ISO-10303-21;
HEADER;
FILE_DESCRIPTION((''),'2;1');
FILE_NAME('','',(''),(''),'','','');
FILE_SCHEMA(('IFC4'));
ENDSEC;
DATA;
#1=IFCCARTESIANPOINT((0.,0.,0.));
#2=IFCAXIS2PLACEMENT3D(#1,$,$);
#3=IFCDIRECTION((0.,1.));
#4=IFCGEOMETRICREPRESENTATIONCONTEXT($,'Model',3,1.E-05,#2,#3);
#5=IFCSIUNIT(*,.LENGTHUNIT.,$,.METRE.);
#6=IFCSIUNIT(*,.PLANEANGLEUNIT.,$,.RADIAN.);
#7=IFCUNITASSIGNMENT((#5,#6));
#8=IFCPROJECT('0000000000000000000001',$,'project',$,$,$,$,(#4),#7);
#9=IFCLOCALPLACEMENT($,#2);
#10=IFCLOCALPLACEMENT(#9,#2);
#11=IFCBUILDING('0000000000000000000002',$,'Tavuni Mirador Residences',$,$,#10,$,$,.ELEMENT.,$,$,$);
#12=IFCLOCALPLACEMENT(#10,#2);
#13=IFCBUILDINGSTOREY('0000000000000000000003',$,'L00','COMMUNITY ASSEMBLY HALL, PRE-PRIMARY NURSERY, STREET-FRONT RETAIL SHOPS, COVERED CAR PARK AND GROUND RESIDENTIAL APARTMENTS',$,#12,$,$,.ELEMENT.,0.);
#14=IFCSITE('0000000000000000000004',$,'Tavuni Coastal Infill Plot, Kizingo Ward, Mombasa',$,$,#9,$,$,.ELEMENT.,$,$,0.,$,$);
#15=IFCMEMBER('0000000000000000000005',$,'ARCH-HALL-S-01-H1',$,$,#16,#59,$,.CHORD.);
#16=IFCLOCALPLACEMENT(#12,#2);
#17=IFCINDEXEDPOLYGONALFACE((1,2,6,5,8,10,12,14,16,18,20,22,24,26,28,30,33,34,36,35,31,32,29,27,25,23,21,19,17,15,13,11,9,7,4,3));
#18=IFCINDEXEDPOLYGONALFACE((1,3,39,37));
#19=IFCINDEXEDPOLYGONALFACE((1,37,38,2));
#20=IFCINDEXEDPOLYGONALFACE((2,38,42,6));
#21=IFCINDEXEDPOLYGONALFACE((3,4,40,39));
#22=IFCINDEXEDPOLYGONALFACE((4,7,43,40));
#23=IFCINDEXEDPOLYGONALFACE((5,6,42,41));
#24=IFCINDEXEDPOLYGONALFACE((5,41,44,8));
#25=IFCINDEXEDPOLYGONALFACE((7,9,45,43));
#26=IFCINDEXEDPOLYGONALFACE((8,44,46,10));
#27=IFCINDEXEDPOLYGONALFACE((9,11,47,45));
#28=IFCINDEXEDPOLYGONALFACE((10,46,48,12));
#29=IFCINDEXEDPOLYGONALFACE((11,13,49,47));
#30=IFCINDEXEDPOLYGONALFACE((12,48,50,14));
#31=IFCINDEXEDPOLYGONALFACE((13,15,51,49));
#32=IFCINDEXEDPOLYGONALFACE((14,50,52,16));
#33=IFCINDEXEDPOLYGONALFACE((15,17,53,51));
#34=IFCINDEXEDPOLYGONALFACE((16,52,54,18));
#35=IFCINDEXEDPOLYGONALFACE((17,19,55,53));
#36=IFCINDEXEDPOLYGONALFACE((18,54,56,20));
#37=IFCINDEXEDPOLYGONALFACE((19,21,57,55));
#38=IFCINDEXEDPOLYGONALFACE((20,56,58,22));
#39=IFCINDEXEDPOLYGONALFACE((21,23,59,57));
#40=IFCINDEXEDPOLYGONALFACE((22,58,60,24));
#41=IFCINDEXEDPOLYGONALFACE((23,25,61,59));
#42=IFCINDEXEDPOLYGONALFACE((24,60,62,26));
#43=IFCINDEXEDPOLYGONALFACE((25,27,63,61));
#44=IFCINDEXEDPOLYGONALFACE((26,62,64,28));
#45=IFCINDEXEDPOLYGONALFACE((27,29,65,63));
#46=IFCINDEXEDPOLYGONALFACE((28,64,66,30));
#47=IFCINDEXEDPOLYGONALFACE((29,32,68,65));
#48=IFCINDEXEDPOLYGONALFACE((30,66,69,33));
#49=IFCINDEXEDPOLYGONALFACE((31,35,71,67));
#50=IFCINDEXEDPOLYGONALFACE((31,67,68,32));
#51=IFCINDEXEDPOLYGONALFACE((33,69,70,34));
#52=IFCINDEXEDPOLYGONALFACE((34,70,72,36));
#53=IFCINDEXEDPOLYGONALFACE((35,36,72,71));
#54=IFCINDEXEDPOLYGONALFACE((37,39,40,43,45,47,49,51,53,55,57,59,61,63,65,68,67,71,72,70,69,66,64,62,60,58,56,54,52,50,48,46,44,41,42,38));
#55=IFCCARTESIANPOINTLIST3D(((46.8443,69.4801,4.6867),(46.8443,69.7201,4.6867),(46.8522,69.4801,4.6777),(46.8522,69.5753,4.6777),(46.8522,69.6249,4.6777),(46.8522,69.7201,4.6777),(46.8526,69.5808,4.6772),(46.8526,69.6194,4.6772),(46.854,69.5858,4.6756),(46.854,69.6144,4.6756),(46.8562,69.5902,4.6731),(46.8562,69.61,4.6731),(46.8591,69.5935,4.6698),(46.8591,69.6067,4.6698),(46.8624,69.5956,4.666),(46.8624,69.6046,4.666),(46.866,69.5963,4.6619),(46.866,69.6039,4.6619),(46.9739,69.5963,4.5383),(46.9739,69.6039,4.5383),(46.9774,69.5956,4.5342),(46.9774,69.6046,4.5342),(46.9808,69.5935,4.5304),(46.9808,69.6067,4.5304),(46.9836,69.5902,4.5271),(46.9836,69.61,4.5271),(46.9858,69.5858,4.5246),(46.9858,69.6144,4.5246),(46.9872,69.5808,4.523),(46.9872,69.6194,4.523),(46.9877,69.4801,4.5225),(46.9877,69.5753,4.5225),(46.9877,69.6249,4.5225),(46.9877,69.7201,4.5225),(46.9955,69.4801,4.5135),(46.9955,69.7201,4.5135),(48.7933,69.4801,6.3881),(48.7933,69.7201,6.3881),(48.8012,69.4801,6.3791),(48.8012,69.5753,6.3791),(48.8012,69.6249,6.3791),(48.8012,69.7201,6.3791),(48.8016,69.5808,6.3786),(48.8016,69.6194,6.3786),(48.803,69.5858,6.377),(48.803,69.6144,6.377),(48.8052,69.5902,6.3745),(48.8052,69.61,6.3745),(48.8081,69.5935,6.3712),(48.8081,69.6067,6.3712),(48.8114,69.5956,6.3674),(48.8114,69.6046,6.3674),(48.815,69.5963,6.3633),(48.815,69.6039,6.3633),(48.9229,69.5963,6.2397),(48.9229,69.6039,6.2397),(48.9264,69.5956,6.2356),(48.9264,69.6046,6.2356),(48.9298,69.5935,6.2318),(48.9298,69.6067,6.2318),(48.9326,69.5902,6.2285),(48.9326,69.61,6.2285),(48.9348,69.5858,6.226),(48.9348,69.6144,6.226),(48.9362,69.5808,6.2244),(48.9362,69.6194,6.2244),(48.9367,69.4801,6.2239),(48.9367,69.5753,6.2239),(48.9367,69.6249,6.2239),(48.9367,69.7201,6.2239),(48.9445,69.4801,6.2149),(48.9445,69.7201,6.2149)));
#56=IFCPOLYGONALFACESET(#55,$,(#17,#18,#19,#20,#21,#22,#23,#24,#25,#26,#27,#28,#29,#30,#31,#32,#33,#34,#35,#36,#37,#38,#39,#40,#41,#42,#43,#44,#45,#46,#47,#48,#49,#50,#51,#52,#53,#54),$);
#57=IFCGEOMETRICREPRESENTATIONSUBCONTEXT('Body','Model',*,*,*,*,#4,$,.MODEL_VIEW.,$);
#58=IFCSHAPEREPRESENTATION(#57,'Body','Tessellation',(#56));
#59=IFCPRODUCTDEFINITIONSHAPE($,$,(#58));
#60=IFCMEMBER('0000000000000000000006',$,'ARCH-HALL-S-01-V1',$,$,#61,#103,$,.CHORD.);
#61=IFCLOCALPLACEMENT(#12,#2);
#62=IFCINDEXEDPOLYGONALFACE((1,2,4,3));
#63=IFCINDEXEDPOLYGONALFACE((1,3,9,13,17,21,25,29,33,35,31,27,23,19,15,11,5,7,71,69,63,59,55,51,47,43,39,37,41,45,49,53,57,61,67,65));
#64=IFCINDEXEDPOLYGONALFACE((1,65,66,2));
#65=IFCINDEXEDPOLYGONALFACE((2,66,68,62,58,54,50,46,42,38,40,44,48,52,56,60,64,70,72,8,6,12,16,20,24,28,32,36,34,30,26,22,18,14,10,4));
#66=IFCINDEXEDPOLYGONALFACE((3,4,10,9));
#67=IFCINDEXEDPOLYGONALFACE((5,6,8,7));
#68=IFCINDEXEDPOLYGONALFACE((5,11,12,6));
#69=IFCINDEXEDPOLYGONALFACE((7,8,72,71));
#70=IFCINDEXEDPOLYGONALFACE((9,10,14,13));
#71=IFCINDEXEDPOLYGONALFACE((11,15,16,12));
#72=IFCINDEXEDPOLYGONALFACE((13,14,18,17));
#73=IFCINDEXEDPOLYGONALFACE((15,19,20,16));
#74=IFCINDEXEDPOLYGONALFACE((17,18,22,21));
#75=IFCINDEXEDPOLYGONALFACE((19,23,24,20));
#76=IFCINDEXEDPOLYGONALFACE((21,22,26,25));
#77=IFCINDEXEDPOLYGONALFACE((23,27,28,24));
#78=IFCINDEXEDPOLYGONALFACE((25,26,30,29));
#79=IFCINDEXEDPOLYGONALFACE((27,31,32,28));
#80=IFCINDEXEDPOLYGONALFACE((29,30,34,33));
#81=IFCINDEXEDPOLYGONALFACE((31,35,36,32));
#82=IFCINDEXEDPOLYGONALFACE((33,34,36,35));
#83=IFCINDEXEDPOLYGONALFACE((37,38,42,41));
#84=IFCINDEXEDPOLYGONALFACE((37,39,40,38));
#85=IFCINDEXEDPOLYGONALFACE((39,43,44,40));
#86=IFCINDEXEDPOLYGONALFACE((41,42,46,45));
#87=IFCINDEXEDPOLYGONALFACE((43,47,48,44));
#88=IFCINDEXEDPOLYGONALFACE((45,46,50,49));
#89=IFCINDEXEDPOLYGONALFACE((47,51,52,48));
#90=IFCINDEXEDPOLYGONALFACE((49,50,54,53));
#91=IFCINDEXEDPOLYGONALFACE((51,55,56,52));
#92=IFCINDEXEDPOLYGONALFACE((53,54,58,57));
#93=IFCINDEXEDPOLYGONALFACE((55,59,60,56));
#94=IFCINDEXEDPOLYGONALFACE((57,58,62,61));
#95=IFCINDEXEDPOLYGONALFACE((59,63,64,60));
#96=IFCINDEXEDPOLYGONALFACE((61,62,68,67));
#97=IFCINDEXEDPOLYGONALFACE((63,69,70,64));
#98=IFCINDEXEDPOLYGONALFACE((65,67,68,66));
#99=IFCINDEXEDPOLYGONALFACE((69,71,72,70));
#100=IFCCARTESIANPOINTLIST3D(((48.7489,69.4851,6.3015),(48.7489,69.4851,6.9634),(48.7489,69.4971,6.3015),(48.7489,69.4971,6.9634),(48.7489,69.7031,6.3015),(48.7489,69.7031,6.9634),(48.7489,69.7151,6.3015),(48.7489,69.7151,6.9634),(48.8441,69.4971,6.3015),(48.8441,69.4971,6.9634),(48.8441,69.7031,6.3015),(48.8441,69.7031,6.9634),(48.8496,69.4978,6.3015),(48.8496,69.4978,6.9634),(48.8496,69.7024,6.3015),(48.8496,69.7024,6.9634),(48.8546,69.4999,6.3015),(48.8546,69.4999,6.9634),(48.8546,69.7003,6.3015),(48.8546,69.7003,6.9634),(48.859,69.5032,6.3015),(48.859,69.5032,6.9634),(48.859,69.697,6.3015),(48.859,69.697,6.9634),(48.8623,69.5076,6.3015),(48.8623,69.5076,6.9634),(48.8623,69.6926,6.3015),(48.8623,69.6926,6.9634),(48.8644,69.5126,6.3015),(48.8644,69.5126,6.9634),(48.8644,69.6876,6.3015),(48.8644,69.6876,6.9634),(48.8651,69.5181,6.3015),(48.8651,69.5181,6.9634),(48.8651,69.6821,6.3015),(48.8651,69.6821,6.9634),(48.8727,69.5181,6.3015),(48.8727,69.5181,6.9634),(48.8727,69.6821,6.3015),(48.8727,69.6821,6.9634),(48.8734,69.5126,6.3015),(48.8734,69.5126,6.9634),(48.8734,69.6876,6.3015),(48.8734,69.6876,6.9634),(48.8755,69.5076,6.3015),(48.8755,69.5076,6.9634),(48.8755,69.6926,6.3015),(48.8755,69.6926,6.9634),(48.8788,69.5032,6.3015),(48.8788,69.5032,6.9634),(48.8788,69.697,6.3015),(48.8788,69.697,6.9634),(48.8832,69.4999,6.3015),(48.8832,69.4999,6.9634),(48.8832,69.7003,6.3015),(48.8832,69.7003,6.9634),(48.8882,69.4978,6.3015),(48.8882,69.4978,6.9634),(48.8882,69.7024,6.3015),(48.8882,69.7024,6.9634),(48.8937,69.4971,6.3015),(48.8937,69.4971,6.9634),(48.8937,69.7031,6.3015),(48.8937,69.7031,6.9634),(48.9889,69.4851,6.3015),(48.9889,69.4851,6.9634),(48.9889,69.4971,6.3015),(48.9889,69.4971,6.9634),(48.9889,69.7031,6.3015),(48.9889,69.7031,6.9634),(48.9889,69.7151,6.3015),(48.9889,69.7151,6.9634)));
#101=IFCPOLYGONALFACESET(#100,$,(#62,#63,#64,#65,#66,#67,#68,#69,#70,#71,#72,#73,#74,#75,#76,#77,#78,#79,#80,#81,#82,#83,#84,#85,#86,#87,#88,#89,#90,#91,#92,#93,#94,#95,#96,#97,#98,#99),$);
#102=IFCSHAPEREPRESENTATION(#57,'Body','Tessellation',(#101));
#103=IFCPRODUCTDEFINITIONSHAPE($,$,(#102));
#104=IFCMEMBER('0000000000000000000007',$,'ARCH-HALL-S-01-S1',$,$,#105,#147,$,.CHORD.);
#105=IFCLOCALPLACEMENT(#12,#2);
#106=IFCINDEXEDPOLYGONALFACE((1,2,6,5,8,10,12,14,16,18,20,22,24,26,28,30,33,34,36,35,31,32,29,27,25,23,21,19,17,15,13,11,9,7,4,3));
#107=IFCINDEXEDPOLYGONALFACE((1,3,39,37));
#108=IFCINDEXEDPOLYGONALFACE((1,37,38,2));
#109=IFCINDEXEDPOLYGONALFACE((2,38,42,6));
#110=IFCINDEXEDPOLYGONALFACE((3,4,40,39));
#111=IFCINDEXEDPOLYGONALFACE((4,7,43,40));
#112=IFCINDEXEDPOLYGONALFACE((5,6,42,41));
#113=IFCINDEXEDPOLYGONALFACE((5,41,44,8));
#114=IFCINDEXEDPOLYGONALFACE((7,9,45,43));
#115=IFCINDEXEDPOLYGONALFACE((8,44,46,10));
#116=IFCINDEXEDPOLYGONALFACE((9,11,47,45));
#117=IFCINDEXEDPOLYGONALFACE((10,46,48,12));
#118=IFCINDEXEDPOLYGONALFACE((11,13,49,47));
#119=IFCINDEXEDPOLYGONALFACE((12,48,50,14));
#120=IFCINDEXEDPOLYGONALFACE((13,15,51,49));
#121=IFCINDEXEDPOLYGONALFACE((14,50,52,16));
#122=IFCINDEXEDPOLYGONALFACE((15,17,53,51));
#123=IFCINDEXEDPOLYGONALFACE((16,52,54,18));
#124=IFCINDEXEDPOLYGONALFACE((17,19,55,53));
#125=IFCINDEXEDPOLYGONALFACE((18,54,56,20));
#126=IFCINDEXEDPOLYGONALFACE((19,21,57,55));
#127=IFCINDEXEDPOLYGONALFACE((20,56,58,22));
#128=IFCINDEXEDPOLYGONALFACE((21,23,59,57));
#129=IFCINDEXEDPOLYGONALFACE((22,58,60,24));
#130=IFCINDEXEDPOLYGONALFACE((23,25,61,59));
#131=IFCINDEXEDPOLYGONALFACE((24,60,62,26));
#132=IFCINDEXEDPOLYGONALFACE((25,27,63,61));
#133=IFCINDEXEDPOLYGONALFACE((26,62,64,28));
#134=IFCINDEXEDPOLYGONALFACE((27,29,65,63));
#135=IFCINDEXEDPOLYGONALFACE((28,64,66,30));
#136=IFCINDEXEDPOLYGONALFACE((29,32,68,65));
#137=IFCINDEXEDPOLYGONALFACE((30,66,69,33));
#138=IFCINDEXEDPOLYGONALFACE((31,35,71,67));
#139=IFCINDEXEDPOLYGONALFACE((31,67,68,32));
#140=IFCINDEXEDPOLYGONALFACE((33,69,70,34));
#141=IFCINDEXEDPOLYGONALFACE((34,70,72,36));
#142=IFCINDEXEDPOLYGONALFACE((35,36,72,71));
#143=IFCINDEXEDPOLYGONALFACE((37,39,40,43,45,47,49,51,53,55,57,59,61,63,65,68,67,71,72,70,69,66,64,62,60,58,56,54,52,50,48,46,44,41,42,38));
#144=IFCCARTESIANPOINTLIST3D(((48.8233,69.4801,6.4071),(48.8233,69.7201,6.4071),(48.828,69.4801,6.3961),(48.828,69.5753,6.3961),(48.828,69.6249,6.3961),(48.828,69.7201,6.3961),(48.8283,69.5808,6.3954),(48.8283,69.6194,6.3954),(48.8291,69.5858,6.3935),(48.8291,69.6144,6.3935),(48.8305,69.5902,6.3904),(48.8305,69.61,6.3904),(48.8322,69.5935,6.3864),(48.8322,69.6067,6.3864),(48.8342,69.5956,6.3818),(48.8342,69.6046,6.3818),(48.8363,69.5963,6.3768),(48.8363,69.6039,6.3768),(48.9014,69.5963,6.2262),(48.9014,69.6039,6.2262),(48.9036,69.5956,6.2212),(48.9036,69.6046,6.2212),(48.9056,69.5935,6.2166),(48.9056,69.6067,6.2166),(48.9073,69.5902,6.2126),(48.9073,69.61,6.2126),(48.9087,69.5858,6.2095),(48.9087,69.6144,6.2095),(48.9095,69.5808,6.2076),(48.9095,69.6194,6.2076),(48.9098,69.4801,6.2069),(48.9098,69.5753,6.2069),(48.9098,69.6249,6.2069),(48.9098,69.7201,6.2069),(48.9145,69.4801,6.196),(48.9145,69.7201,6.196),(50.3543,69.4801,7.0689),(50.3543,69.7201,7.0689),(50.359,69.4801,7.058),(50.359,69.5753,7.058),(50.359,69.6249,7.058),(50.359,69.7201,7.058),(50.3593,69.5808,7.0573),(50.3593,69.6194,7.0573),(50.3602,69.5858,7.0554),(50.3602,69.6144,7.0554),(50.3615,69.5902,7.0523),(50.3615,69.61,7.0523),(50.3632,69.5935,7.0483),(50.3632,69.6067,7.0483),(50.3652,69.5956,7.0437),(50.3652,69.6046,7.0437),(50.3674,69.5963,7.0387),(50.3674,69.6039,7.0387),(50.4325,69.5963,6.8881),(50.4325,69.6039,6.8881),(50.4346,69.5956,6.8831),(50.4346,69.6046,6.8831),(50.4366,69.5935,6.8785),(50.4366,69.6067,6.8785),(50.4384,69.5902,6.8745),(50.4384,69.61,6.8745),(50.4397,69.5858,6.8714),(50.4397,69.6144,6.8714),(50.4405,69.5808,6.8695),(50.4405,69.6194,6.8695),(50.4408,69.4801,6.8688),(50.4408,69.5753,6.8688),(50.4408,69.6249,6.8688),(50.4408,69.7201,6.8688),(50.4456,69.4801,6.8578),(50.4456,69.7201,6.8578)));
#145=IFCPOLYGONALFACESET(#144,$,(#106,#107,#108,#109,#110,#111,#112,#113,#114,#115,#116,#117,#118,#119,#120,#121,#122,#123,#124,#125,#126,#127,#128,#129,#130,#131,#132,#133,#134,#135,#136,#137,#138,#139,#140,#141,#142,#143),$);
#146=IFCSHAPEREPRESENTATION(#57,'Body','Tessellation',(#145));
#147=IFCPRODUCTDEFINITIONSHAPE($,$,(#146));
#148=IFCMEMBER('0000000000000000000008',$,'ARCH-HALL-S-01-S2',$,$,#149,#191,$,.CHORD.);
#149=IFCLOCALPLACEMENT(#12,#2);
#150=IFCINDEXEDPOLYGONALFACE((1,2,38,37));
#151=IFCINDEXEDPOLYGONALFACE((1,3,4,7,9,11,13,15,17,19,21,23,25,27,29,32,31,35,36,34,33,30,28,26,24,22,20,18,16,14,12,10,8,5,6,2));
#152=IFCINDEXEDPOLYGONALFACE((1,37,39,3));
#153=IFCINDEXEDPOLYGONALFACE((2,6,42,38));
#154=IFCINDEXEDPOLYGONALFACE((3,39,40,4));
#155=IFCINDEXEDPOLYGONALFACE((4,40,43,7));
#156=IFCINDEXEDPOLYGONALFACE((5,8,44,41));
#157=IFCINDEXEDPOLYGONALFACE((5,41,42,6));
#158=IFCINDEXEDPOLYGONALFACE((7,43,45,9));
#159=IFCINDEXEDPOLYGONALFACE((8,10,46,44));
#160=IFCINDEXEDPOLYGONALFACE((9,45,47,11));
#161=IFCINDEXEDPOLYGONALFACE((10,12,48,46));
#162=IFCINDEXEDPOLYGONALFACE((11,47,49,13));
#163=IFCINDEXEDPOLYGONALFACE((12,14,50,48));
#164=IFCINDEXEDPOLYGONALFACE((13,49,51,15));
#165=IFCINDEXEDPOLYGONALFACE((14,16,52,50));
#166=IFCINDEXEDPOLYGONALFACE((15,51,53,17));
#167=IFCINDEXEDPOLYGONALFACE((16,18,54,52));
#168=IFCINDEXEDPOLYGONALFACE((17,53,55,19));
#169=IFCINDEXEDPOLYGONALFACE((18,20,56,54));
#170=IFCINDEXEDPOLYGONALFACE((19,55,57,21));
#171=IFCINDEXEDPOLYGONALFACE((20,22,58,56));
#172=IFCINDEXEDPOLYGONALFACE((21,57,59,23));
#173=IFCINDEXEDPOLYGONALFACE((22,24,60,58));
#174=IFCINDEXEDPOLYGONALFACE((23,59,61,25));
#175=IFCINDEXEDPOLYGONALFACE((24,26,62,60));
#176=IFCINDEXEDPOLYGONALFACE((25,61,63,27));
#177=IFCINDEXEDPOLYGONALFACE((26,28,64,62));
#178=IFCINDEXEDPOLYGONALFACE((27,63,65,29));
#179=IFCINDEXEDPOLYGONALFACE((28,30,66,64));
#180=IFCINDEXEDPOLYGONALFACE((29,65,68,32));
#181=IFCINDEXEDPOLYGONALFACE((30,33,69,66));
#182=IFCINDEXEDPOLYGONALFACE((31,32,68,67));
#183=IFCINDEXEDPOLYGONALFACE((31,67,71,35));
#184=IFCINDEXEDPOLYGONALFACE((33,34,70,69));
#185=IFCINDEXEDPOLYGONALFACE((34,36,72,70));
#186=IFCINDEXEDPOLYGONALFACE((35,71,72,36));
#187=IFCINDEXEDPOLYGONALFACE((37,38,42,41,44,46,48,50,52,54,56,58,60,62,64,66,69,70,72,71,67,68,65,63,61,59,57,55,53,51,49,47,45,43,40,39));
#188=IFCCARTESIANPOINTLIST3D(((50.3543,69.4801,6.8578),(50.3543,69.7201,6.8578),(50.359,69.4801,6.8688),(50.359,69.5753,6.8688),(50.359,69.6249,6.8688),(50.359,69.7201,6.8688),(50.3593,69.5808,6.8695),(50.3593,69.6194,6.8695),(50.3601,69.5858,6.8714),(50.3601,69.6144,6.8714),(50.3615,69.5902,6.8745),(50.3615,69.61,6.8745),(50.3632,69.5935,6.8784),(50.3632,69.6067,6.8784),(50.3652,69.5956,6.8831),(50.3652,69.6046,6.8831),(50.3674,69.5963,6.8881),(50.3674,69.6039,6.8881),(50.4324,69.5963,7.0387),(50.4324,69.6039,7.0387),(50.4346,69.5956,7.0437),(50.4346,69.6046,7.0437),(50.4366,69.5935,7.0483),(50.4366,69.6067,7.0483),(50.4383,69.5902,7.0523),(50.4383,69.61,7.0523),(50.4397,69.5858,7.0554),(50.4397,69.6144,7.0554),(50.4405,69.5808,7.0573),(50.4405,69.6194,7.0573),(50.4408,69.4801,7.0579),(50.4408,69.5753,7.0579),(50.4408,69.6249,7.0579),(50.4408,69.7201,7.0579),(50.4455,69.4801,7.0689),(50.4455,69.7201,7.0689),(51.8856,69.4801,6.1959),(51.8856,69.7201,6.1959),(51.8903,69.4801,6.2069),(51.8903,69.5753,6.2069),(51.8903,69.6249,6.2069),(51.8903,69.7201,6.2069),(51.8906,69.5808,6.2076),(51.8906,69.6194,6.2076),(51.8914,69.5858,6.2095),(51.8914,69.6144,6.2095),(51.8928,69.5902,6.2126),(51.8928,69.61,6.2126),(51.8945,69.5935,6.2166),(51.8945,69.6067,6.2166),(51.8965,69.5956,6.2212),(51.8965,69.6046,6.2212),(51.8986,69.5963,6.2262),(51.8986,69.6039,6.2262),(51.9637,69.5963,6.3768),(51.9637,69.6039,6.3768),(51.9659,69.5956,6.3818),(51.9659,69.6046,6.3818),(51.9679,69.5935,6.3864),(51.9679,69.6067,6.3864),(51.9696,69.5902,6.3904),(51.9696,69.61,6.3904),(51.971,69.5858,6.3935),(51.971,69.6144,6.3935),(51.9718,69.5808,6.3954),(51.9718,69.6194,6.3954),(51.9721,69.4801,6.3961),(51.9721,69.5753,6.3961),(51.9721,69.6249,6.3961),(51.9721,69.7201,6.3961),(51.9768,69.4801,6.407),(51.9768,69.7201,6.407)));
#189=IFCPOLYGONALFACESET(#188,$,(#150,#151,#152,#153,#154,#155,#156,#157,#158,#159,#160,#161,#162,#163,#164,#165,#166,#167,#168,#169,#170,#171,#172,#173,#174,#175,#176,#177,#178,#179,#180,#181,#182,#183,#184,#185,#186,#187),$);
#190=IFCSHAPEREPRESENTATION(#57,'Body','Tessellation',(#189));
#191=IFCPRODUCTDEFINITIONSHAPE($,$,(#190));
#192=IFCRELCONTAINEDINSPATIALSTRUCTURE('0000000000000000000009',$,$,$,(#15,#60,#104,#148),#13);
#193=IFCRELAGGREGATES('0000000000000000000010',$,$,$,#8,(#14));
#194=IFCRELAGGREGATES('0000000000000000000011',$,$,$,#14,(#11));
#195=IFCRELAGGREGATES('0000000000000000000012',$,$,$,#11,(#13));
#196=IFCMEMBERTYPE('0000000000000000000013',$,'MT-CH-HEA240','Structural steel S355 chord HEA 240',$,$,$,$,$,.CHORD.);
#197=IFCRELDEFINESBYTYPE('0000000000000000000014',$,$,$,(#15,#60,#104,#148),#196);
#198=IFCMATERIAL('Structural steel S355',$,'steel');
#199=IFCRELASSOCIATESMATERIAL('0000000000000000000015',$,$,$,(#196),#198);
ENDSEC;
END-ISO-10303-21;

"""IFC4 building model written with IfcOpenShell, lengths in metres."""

from ifc_helpers import new_model, si_unit, direction, frame, origin, origin_2d, place, context, subcontext, project, spatial, i_section, extrude, material, material_profile, profile_set, type_object, element, save


model = new_model("IFC4")

# Units and contexts
model_context = context("Model", 3, precision=1e-05, world=origin(), true_north=direction((0.0, 1.0)))
body_context = subcontext(model_context, "Body", "Model", "MODEL_VIEW")
ifc_project = project(units=[si_unit("LENGTHUNIT", "METRE"), si_unit("PLANEANGLEUNIT", "RADIAN")], contexts=[model_context])

# Site, building, storey
site_placement = place(None, origin())
site = spatial("IfcSite", under=ifc_project, at=site_placement, Name="Tavuni Coastal Infill Plot, Kizingo Ward, Mombasa", CompositionType="ELEMENT", RefElevation=0.0)
building_placement = place(site_placement, origin())
building = spatial("IfcBuilding", under=site, at=building_placement, Name="Tavuni Mirador Residences", CompositionType="ELEMENT")
storey_placement = place(building_placement, origin())
storey = spatial("IfcBuildingStorey", under=building, at=storey_placement, Name="L00", Description="COMMUNITY ASSEMBLY HALL, PRE-PRIMARY NURSERY, STREET-FRONT RETAIL SHOPS, COVERED CAR PARK AND GROUND RESIDENTIAL APARTMENTS", CompositionType="ELEMENT", Elevation=0.0)

# Shared definitions
ifc_material = material(Name="Structural steel S355", Category="steel")

# Members
ifc_material_profile_1 = material_profile(ifc_material, i_section(OverallWidth=0.24, OverallDepth=0.23, WebThickness=0.0076, FlangeThickness=0.012, FilletRadius=0.021, at=origin_2d()), Name="HEA 240", Category="steel")
ifc_profile_set_1 = profile_set([ifc_material_profile_1], Name="Structural steel S355")
member_type = type_object("IfcMemberType", Name="MT-CH-HEA240", Description="Structural steel S355 chord HEA 240", PredefinedType="CHORD", material=ifc_profile_set_1)
member_1_placement = place(storey_placement, frame((46.9199, 69.6001, 4.6001), z_axis=(0.75333, 0.0, 0.657642), x_axis=(0.0, 1.0, 0.0)))
element("IfcMember", 1, at=member_1_placement, inside=storey, type_object=member_type, Name="ARCH-HALL-S-01-H1", PredefinedType="CHORD", context=body_context, shape_type="SweptSolid", body=[
    extrude(i_section(OverallWidth=0.24, OverallDepth=0.23, WebThickness=0.0076, FlangeThickness=0.012, FilletRadius=0.021, at=origin_2d()), origin(), (0.0, 0.0, 1.0), 2.5872),
])
member_2_placement = place(storey_placement, frame((48.8689, 69.6001, 6.3015), z_axis=(0.0, 0.0, 1.0), x_axis=(1.0, 0.0, 0.0)))
element("IfcMember", 2, at=member_2_placement, inside=storey, type_object=member_type, Name="ARCH-HALL-S-01-V1", PredefinedType="CHORD", context=body_context, shape_type="SweptSolid", body=[
    extrude(i_section(OverallWidth=0.24, OverallDepth=0.23, WebThickness=0.0076, FlangeThickness=0.012, FilletRadius=0.021, at=origin_2d()), origin(), (0.0, 0.0, 1.0), 0.6619),
])
member_3_placement = place(storey_placement, frame((48.8689, 69.6001, 6.3015), z_axis=(0.917899, 0.0, 0.396814), x_axis=(0.0, 1.0, 0.0)))
element("IfcMember", 3, at=member_3_placement, inside=storey, type_object=member_type, Name="ARCH-HALL-S-01-S1", PredefinedType="CHORD", context=body_context, shape_type="SweptSolid", body=[
    extrude(i_section(OverallWidth=0.24, OverallDepth=0.23, WebThickness=0.0076, FlangeThickness=0.012, FilletRadius=0.021, at=origin_2d()), origin(), (0.0, 0.0, 1.0), 1.668),
])
member_4_placement = place(storey_placement, frame((50.3999, 69.6001, 6.9634), z_axis=(0.917922, 0.0, -0.396761), x_axis=(0.0, 1.0, 0.0)))
element("IfcMember", 4, at=member_4_placement, inside=storey, type_object=member_type, Name="ARCH-HALL-S-01-S2", PredefinedType="CHORD", context=body_context, shape_type="SweptSolid", body=[
    extrude(i_section(OverallWidth=0.24, OverallDepth=0.23, WebThickness=0.0076, FlangeThickness=0.012, FilletRadius=0.021, at=origin_2d()), origin(), (0.0, 0.0, 1.0), 1.6682),
])

save(model, "model.ifc")
